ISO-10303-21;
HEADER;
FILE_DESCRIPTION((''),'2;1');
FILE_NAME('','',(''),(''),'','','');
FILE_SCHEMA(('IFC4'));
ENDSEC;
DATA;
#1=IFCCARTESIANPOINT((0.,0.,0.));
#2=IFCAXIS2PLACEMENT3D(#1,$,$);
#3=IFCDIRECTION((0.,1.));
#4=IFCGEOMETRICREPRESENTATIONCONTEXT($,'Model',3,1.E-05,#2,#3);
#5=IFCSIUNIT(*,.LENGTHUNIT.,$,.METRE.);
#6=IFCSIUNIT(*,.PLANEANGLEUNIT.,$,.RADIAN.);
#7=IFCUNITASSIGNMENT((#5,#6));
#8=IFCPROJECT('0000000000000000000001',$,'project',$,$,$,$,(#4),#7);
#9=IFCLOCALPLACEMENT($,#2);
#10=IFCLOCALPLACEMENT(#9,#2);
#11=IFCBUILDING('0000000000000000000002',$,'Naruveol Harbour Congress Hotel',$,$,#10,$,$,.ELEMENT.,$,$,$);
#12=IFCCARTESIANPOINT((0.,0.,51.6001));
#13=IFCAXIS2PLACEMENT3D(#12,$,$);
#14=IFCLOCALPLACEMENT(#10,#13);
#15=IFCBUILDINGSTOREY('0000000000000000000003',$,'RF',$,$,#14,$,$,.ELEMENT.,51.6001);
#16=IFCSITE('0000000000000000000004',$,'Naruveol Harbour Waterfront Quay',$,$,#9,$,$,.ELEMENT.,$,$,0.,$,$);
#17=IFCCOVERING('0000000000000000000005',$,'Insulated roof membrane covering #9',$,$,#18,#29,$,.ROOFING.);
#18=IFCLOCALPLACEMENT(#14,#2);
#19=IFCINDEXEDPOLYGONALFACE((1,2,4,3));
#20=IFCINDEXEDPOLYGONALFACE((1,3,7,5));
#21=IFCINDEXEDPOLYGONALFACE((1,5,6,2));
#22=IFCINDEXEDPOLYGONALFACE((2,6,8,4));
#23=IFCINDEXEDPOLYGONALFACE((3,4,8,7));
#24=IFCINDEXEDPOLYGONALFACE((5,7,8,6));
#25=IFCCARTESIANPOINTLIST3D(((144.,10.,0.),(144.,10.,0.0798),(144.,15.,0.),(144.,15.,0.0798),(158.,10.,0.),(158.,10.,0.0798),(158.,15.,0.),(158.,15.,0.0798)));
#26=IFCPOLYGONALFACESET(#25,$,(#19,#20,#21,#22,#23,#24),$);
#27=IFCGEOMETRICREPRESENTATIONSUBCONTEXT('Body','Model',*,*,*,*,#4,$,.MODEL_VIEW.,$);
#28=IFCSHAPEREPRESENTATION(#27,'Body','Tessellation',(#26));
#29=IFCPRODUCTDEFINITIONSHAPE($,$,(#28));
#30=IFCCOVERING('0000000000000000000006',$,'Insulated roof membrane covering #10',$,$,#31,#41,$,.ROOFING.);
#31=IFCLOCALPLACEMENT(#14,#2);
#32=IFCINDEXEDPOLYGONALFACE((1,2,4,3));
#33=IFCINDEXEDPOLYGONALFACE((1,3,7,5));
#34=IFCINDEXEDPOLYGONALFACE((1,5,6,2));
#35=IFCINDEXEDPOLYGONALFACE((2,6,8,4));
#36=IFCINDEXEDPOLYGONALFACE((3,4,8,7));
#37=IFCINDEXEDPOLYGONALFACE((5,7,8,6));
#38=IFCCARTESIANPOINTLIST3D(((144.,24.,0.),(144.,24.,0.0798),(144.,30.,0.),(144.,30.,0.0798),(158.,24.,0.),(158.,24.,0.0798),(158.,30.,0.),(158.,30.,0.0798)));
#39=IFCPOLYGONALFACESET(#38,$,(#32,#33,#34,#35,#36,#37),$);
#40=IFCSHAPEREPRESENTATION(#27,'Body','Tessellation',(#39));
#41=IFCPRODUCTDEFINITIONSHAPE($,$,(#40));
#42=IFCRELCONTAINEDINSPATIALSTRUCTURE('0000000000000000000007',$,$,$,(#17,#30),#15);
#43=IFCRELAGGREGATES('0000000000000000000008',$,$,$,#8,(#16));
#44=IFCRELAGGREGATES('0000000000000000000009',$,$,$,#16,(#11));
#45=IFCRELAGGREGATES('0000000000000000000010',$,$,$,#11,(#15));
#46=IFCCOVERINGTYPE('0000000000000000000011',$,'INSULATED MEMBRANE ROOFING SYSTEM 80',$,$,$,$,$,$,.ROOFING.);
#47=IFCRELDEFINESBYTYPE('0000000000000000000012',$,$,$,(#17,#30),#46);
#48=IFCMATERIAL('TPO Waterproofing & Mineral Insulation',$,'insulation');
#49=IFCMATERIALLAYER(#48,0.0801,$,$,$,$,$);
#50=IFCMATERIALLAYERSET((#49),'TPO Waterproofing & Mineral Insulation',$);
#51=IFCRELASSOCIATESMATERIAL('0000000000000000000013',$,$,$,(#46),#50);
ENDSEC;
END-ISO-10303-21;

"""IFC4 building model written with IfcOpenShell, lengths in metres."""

from ifc_helpers import new_model, si_unit, direction, frame, origin, place, context, subcontext, project, spatial, polyline, outline, extrude, material, layer, layer_set, type_object, element, save


model = new_model("IFC4")

# Units and contexts
model_context = context("Model", 3, precision=1e-05, world=origin(), true_north=direction((0.0, 1.0)))
body_context = subcontext(model_context, "Body", "Model", "MODEL_VIEW")
ifc_project = project(units=[si_unit("LENGTHUNIT", "METRE"), si_unit("PLANEANGLEUNIT", "RADIAN")], contexts=[model_context])

# Site, building, storey
site_placement = place(None, origin())
site = spatial("IfcSite", under=ifc_project, at=site_placement, Name="Naruveol Harbour Waterfront Quay", CompositionType="ELEMENT", RefElevation=0.0)
building_placement = place(site_placement, origin())
building = spatial("IfcBuilding", under=site, at=building_placement, Name="Naruveol Harbour Congress Hotel", CompositionType="ELEMENT")
storey_placement = place(building_placement, frame((0.0, 0.0, 51.6001)))
storey = spatial("IfcBuildingStorey", under=building, at=storey_placement, Name="RF", CompositionType="ELEMENT", Elevation=51.6001)

# Coverings
ifc_material_1 = material(Name="TPO Waterproofing & Mineral Insulation", Category="insulation")
ifc_layer_1 = layer(ifc_material_1, 0.0801)
ifc_layer_set_1 = layer_set([ifc_layer_1], Name="TPO Waterproofing & Mineral Insulation")
covering_type = type_object("IfcCoveringType", Name="INSULATED MEMBRANE ROOFING SYSTEM 80", PredefinedType="ROOFING", material=ifc_layer_set_1)
covering_1_placement = place(storey_placement, origin())
element("IfcCovering", 1, at=covering_1_placement, inside=storey, type_object=covering_type, Name="Insulated roof membrane covering #9", PredefinedType="ROOFING", context=body_context, shape_type="SweptSolid", body=[
    extrude(outline(polyline([(144.0, 10.0), (158.0, 10.0), (158.0, 15.0), (144.0, 15.0), (144.0, 10.0)])), origin(), (0.0, 0.0, 1.0), 0.0798),
])
covering_2_placement = place(storey_placement, origin())
element("IfcCovering", 2, at=covering_2_placement, inside=storey, type_object=covering_type, Name="Insulated roof membrane covering #10", PredefinedType="ROOFING", context=body_context, shape_type="SweptSolid", body=[
    extrude(outline(polyline([(144.0, 24.0), (158.0, 24.0), (158.0, 30.0), (144.0, 30.0), (144.0, 24.0)])), origin(), (0.0, 0.0, 1.0), 0.0798),
])

save(model, "model.ifc")
